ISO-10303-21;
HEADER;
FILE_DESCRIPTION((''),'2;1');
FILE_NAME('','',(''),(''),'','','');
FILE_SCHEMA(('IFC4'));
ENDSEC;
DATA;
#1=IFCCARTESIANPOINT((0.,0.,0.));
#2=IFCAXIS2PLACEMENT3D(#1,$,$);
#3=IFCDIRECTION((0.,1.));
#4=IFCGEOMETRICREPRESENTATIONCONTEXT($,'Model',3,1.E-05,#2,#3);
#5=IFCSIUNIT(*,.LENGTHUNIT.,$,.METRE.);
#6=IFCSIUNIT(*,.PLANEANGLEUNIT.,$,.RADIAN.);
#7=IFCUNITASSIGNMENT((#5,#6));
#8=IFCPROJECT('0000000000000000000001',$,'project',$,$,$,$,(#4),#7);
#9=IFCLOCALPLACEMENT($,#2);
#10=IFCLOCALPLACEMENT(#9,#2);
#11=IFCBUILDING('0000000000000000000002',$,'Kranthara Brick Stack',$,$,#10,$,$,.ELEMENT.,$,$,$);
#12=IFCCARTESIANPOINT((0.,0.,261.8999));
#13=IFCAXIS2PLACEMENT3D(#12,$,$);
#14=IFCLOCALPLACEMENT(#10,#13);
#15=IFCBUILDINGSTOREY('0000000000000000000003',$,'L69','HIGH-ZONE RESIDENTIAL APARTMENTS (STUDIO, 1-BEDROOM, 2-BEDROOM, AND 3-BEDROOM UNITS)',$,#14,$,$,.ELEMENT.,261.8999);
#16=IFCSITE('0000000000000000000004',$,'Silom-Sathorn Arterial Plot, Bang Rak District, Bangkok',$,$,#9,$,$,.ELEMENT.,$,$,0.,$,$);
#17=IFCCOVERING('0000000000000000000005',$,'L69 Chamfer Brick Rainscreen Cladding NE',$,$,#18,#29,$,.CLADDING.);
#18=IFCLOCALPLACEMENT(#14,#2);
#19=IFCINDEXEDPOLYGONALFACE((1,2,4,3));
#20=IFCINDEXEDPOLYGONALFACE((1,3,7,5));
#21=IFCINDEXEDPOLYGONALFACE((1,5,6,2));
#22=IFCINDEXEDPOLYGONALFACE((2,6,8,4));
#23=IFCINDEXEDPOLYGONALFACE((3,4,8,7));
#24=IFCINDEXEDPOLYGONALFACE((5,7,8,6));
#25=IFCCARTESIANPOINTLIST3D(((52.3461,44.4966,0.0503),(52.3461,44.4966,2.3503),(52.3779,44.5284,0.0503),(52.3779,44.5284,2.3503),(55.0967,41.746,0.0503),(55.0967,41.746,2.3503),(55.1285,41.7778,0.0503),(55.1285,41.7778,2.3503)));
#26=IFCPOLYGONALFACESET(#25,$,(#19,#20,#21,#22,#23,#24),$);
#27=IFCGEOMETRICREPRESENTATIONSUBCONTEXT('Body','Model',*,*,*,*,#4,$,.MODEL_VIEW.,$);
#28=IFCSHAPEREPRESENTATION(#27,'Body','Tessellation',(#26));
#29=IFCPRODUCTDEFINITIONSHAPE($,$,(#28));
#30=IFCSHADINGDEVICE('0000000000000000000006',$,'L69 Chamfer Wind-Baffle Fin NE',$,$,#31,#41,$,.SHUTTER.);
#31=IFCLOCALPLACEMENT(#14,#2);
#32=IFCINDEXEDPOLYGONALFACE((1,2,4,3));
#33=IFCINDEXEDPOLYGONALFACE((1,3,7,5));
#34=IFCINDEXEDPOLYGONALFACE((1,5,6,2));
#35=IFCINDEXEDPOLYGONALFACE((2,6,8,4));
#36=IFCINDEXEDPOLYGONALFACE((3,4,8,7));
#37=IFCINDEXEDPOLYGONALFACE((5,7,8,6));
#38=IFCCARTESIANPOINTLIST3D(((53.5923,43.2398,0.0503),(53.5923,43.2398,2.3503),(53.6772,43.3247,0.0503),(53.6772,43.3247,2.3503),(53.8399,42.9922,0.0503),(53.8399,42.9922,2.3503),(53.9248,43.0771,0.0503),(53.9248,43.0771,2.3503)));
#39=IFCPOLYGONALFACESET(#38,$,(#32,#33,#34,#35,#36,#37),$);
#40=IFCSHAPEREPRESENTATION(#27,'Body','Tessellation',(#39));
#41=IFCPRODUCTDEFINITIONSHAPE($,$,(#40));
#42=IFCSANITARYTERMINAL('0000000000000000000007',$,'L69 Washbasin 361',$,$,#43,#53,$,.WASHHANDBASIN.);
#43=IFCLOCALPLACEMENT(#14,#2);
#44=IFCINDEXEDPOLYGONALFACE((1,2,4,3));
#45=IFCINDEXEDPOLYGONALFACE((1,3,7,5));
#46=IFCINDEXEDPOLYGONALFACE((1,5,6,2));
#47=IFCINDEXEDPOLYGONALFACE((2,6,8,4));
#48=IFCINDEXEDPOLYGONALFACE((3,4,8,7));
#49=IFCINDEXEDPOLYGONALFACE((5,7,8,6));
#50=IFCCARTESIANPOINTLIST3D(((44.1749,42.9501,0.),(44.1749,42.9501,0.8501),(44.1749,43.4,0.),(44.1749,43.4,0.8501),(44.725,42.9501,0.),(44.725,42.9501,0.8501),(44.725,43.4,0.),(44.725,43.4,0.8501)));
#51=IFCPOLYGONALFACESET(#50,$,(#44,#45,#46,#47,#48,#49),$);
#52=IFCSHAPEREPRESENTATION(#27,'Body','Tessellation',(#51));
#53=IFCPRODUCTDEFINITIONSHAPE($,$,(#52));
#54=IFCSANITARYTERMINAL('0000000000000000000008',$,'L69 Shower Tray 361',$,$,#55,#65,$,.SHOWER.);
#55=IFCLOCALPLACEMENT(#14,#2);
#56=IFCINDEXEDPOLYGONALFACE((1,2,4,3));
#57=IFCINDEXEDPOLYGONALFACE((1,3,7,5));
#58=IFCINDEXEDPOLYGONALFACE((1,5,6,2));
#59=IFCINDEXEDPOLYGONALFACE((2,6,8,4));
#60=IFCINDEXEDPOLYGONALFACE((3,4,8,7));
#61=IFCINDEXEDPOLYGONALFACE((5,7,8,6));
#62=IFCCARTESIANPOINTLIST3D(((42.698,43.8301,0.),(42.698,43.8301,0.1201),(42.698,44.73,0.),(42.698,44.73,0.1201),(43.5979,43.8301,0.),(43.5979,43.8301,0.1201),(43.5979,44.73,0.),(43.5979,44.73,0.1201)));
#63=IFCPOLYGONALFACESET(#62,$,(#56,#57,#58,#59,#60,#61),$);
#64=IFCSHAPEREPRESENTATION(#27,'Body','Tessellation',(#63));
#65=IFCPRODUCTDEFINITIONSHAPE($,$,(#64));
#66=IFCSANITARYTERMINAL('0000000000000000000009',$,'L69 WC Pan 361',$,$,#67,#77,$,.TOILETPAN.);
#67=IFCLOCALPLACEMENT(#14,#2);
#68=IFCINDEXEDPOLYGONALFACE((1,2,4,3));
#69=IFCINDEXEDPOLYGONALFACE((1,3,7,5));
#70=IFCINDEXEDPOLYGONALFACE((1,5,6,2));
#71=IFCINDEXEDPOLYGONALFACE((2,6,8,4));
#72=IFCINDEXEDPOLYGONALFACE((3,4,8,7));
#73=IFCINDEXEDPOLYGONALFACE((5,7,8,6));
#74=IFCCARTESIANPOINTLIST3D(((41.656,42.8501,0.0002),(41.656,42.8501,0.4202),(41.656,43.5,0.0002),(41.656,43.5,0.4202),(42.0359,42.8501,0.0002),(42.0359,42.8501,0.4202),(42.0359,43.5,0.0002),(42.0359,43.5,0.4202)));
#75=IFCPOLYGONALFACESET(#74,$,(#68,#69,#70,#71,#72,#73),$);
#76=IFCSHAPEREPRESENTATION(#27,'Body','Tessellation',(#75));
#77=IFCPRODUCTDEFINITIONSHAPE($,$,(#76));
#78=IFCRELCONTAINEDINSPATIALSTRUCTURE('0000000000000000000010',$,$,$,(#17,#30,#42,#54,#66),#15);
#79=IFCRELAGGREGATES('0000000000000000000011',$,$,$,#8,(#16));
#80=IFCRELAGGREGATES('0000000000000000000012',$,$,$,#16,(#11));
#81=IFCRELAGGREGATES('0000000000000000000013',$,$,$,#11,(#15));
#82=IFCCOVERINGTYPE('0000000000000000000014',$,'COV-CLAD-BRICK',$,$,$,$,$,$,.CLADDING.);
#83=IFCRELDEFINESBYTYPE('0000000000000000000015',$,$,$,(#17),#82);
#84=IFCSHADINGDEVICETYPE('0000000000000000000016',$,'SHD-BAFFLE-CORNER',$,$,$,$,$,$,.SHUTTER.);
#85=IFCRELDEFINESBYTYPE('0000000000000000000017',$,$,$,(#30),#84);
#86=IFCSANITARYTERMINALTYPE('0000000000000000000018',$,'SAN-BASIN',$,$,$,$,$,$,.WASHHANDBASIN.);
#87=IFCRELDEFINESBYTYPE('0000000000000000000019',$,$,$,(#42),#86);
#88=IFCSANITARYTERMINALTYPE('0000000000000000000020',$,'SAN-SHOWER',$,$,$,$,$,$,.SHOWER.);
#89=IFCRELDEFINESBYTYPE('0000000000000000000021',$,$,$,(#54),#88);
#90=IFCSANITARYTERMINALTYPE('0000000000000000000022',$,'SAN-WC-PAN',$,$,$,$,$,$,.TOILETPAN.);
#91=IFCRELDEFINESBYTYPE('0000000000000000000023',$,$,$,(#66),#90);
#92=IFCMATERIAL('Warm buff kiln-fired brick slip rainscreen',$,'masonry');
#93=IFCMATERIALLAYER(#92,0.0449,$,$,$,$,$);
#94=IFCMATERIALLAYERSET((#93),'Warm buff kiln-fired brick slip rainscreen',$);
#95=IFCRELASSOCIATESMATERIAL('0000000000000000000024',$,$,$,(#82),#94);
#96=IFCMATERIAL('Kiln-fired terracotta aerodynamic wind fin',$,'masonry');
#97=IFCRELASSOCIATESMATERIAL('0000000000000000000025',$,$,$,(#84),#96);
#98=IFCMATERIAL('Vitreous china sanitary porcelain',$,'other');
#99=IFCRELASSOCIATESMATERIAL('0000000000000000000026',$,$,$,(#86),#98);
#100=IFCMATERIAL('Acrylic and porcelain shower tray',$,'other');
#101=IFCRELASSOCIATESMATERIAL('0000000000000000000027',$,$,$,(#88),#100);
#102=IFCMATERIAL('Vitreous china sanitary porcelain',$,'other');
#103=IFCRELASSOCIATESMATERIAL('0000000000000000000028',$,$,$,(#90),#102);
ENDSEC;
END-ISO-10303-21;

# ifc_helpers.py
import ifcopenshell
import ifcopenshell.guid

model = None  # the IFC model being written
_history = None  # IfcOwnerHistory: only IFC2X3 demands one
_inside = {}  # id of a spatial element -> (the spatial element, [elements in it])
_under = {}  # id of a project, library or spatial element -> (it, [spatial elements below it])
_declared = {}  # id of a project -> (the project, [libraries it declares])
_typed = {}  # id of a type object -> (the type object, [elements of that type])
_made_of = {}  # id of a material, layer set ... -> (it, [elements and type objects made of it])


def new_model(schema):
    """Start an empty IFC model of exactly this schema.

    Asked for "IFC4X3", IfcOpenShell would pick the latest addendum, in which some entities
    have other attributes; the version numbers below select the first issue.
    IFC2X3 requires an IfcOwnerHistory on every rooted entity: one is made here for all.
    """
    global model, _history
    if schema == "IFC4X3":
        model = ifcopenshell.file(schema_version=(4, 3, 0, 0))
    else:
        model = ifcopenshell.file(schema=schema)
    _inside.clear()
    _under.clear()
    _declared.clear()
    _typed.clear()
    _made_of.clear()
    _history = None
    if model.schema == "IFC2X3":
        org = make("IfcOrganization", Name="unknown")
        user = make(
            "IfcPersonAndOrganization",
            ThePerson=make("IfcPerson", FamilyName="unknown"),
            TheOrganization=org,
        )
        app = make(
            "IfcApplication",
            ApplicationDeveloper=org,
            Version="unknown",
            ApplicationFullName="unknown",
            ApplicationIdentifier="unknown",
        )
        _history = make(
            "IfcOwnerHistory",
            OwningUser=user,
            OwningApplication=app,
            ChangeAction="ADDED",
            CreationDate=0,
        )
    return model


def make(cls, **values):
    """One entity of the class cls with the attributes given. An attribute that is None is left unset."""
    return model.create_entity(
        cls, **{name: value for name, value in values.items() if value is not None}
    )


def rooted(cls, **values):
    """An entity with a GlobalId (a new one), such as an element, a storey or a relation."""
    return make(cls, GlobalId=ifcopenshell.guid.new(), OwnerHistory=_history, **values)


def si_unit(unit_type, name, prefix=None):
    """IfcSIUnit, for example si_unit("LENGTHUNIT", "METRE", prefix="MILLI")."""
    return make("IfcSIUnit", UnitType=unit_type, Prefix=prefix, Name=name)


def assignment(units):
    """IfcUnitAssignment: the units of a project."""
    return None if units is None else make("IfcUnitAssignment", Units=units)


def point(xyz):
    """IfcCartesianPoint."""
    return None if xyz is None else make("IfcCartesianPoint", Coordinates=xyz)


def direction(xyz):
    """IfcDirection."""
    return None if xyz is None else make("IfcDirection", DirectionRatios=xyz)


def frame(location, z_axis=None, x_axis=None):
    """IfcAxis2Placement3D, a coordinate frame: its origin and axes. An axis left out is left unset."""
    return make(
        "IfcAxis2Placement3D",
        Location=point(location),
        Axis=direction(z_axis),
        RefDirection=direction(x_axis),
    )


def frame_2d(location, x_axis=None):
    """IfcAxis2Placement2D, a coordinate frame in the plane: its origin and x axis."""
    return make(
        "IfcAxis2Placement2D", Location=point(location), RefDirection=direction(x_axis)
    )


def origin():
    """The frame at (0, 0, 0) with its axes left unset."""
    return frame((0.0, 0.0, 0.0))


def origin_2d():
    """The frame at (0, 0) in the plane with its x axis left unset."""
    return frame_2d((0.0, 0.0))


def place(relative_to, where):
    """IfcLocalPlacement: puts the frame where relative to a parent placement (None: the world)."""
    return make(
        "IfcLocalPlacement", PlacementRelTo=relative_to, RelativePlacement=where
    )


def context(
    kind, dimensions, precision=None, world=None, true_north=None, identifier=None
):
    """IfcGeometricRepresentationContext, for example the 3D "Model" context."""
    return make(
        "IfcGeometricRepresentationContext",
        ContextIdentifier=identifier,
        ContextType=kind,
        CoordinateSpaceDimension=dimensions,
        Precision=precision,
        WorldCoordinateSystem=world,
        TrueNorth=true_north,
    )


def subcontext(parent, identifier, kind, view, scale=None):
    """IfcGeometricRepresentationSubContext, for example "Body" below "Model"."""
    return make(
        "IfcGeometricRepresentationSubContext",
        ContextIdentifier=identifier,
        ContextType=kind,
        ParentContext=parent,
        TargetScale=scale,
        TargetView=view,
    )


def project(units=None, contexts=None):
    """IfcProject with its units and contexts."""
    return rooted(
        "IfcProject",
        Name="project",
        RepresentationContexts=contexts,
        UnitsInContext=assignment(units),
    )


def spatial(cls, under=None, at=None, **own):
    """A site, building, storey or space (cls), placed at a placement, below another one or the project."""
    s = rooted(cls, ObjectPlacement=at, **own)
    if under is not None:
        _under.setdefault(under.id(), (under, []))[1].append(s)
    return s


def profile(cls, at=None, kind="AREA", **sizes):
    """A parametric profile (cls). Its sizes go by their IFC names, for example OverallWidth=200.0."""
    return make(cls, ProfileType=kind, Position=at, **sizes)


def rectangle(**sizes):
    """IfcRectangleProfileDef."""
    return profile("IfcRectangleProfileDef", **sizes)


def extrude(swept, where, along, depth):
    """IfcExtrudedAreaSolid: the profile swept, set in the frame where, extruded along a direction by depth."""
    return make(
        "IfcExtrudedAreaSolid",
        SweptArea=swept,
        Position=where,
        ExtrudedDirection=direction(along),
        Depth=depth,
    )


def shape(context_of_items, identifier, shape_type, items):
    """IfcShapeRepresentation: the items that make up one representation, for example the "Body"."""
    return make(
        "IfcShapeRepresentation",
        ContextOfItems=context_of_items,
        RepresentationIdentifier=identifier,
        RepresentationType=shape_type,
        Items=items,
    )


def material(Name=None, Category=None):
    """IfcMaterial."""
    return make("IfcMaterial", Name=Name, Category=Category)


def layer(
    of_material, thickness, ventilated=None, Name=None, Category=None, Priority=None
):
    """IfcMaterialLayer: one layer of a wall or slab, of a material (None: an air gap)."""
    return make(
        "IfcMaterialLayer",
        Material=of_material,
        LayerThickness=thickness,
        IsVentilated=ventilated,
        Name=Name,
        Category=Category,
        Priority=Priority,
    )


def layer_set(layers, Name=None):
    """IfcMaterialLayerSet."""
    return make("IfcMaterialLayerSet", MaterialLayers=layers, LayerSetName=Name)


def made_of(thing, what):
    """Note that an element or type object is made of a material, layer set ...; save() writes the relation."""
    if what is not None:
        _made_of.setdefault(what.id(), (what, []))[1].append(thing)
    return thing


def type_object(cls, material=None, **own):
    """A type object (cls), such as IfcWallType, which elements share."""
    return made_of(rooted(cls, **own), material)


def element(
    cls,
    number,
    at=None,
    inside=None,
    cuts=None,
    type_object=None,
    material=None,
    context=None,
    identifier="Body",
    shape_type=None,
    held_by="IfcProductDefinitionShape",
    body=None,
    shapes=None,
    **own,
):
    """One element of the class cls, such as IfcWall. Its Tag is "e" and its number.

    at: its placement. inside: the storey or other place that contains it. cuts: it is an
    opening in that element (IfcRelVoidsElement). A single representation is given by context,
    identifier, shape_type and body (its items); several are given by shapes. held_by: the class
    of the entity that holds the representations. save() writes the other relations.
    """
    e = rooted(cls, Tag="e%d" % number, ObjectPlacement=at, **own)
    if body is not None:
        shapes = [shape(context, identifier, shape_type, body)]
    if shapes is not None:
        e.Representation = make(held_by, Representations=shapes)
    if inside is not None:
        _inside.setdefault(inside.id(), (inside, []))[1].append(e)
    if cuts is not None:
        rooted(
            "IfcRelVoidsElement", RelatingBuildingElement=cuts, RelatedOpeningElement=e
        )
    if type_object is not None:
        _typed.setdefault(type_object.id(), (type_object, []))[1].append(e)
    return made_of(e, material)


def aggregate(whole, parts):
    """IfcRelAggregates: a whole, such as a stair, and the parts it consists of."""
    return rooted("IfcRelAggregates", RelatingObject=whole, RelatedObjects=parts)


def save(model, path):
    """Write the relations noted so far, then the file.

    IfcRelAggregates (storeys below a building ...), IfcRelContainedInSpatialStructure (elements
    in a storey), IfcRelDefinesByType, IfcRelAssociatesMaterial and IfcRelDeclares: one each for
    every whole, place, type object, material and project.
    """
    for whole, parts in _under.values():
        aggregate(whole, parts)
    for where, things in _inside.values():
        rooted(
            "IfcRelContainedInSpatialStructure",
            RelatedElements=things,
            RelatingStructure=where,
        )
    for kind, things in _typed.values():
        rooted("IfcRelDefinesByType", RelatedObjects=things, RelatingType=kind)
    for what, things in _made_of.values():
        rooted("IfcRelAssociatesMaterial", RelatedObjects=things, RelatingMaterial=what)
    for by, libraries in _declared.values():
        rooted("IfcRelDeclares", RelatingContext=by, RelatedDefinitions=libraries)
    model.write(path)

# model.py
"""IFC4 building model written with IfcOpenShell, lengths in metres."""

from ifc_helpers import new_model, si_unit, direction, frame, origin, origin_2d, place, context, subcontext, project, spatial, rectangle, extrude, material, layer, layer_set, type_object, element, save


model = new_model("IFC4")

# Units and contexts
model_context = context("Model", 3, precision=1e-05, world=origin(), true_north=direction((0.0, 1.0)))
body_context = subcontext(model_context, "Body", "Model", "MODEL_VIEW")
ifc_project = project(units=[si_unit("LENGTHUNIT", "METRE"), si_unit("PLANEANGLEUNIT", "RADIAN")], contexts=[model_context])

# Site, building, storey
site_placement = place(None, origin())
site = spatial("IfcSite", under=ifc_project, at=site_placement, Name="Silom-Sathorn Arterial Plot, Bang Rak District, Bangkok", CompositionType="ELEMENT", RefElevation=0.0)
building_placement = place(site_placement, origin())
building = spatial("IfcBuilding", under=site, at=building_placement, Name="Kranthara Brick Stack", CompositionType="ELEMENT")
storey_placement = place(building_placement, frame((0.0, 0.0, 261.8999)))
storey = spatial("IfcBuildingStorey", under=building, at=storey_placement, Name="L69", Description="HIGH-ZONE RESIDENTIAL APARTMENTS (STUDIO, 1-BEDROOM, 2-BEDROOM, AND 3-BEDROOM UNITS)", CompositionType="ELEMENT", Elevation=261.8999)

# Covering
ifc_material_1 = material(Name="Warm buff kiln-fired brick slip rainscreen", Category="masonry")
ifc_layer_1 = layer(ifc_material_1, 0.0449)
ifc_layer_set_1 = layer_set([ifc_layer_1], Name="Warm buff kiln-fired brick slip rainscreen")
covering_type = type_object("IfcCoveringType", Name="COV-CLAD-BRICK", PredefinedType="CLADDING", material=ifc_layer_set_1)
covering_placement = place(storey_placement, frame((53.7373, 43.1372, 0.0503), z_axis=(0.0, 0.0, 1.0), x_axis=(0.707107, -0.707107, 0.0)))
element("IfcCovering", 1, at=covering_placement, inside=storey, type_object=covering_type, Name="L69 Chamfer Brick Rainscreen Cladding NE", PredefinedType="CLADDING", context=body_context, shape_type="SweptSolid", body=[
    extrude(rectangle(XDim=3.8899, YDim=0.0449, at=origin_2d()), origin(), (0.0, 0.0, 1.0), 2.3),
])

# Shading device
ifc_material_2 = material(Name="Kiln-fired terracotta aerodynamic wind fin", Category="masonry")
shading_device_type = type_object("IfcShadingDeviceType", Name="SHD-BAFFLE-CORNER", PredefinedType="SHUTTER", material=ifc_material_2)
shading_device_placement = place(storey_placement, frame((53.7585, 43.1584, 0.0503), z_axis=(0.0, 0.0, 1.0), x_axis=(0.707107, -0.707107, 0.0)))
element("IfcShadingDevice", 2, at=shading_device_placement, inside=storey, type_object=shading_device_type, Name="L69 Chamfer Wind-Baffle Fin NE", PredefinedType="SHUTTER", context=body_context, shape_type="SweptSolid", body=[
    extrude(rectangle(XDim=0.3501, YDim=0.1201, at=origin_2d()), origin(), (0.0, 0.0, 1.0), 2.3),
])

# Sanitary terminals
ifc_material_3 = material(Name="Vitreous china sanitary porcelain", Category="other")
sanitary_terminal_type_1 = type_object("IfcSanitaryTerminalType", Name="SAN-BASIN", PredefinedType="WASHHANDBASIN", material=ifc_material_3)
sanitary_terminal_1_placement = place(storey_placement, frame((44.45, 43.175, 0.0), z_axis=(0.0, 0.0, 1.0), x_axis=(1.0, 0.0, 0.0)))
element("IfcSanitaryTerminal", 3, at=sanitary_terminal_1_placement, inside=storey, type_object=sanitary_terminal_type_1, Name="L69 Washbasin 361", PredefinedType="WASHHANDBASIN", context=body_context, shape_type="SweptSolid", body=[
    extrude(rectangle(XDim=0.55, YDim=0.45, at=origin_2d()), origin(), (0.0, 0.0, 1.0), 0.8501),
])
ifc_material_4 = material(Name="Acrylic and porcelain shower tray", Category="other")
sanitary_terminal_type_2 = type_object("IfcSanitaryTerminalType", Name="SAN-SHOWER", PredefinedType="SHOWER", material=ifc_material_4)
sanitary_terminal_2_placement = place(storey_placement, frame((43.1479, 44.28, 0.0), z_axis=(0.0, 0.0, 1.0), x_axis=(1.0, 0.0, 0.0)))
element("IfcSanitaryTerminal", 4, at=sanitary_terminal_2_placement, inside=storey, type_object=sanitary_terminal_type_2, Name="L69 Shower Tray 361", PredefinedType="SHOWER", context=body_context, shape_type="SweptSolid", body=[
    extrude(rectangle(XDim=0.8999, YDim=0.8999, at=origin_2d()), origin(), (0.0, 0.0, 1.0), 0.1201),
])
ifc_material_5 = material(Name="Vitreous china sanitary porcelain", Category="other")
sanitary_terminal_type_3 = type_object("IfcSanitaryTerminalType", Name="SAN-WC-PAN", PredefinedType="TOILETPAN", material=ifc_material_5)
sanitary_terminal_3_placement = place(storey_placement, frame((41.8459, 43.175, 0.0002), z_axis=(0.0, 0.0, 1.0), x_axis=(1.0, 0.0, 0.0)))
element("IfcSanitaryTerminal", 5, at=sanitary_terminal_3_placement, inside=storey, type_object=sanitary_terminal_type_3, Name="L69 WC Pan 361", PredefinedType="TOILETPAN", context=body_context, shape_type="SweptSolid", body=[
    extrude(rectangle(XDim=0.3799, YDim=0.6499, at=origin_2d()), origin(), (0.0, 0.0, 1.0), 0.4199),
])

save(model, "model.ifc")
